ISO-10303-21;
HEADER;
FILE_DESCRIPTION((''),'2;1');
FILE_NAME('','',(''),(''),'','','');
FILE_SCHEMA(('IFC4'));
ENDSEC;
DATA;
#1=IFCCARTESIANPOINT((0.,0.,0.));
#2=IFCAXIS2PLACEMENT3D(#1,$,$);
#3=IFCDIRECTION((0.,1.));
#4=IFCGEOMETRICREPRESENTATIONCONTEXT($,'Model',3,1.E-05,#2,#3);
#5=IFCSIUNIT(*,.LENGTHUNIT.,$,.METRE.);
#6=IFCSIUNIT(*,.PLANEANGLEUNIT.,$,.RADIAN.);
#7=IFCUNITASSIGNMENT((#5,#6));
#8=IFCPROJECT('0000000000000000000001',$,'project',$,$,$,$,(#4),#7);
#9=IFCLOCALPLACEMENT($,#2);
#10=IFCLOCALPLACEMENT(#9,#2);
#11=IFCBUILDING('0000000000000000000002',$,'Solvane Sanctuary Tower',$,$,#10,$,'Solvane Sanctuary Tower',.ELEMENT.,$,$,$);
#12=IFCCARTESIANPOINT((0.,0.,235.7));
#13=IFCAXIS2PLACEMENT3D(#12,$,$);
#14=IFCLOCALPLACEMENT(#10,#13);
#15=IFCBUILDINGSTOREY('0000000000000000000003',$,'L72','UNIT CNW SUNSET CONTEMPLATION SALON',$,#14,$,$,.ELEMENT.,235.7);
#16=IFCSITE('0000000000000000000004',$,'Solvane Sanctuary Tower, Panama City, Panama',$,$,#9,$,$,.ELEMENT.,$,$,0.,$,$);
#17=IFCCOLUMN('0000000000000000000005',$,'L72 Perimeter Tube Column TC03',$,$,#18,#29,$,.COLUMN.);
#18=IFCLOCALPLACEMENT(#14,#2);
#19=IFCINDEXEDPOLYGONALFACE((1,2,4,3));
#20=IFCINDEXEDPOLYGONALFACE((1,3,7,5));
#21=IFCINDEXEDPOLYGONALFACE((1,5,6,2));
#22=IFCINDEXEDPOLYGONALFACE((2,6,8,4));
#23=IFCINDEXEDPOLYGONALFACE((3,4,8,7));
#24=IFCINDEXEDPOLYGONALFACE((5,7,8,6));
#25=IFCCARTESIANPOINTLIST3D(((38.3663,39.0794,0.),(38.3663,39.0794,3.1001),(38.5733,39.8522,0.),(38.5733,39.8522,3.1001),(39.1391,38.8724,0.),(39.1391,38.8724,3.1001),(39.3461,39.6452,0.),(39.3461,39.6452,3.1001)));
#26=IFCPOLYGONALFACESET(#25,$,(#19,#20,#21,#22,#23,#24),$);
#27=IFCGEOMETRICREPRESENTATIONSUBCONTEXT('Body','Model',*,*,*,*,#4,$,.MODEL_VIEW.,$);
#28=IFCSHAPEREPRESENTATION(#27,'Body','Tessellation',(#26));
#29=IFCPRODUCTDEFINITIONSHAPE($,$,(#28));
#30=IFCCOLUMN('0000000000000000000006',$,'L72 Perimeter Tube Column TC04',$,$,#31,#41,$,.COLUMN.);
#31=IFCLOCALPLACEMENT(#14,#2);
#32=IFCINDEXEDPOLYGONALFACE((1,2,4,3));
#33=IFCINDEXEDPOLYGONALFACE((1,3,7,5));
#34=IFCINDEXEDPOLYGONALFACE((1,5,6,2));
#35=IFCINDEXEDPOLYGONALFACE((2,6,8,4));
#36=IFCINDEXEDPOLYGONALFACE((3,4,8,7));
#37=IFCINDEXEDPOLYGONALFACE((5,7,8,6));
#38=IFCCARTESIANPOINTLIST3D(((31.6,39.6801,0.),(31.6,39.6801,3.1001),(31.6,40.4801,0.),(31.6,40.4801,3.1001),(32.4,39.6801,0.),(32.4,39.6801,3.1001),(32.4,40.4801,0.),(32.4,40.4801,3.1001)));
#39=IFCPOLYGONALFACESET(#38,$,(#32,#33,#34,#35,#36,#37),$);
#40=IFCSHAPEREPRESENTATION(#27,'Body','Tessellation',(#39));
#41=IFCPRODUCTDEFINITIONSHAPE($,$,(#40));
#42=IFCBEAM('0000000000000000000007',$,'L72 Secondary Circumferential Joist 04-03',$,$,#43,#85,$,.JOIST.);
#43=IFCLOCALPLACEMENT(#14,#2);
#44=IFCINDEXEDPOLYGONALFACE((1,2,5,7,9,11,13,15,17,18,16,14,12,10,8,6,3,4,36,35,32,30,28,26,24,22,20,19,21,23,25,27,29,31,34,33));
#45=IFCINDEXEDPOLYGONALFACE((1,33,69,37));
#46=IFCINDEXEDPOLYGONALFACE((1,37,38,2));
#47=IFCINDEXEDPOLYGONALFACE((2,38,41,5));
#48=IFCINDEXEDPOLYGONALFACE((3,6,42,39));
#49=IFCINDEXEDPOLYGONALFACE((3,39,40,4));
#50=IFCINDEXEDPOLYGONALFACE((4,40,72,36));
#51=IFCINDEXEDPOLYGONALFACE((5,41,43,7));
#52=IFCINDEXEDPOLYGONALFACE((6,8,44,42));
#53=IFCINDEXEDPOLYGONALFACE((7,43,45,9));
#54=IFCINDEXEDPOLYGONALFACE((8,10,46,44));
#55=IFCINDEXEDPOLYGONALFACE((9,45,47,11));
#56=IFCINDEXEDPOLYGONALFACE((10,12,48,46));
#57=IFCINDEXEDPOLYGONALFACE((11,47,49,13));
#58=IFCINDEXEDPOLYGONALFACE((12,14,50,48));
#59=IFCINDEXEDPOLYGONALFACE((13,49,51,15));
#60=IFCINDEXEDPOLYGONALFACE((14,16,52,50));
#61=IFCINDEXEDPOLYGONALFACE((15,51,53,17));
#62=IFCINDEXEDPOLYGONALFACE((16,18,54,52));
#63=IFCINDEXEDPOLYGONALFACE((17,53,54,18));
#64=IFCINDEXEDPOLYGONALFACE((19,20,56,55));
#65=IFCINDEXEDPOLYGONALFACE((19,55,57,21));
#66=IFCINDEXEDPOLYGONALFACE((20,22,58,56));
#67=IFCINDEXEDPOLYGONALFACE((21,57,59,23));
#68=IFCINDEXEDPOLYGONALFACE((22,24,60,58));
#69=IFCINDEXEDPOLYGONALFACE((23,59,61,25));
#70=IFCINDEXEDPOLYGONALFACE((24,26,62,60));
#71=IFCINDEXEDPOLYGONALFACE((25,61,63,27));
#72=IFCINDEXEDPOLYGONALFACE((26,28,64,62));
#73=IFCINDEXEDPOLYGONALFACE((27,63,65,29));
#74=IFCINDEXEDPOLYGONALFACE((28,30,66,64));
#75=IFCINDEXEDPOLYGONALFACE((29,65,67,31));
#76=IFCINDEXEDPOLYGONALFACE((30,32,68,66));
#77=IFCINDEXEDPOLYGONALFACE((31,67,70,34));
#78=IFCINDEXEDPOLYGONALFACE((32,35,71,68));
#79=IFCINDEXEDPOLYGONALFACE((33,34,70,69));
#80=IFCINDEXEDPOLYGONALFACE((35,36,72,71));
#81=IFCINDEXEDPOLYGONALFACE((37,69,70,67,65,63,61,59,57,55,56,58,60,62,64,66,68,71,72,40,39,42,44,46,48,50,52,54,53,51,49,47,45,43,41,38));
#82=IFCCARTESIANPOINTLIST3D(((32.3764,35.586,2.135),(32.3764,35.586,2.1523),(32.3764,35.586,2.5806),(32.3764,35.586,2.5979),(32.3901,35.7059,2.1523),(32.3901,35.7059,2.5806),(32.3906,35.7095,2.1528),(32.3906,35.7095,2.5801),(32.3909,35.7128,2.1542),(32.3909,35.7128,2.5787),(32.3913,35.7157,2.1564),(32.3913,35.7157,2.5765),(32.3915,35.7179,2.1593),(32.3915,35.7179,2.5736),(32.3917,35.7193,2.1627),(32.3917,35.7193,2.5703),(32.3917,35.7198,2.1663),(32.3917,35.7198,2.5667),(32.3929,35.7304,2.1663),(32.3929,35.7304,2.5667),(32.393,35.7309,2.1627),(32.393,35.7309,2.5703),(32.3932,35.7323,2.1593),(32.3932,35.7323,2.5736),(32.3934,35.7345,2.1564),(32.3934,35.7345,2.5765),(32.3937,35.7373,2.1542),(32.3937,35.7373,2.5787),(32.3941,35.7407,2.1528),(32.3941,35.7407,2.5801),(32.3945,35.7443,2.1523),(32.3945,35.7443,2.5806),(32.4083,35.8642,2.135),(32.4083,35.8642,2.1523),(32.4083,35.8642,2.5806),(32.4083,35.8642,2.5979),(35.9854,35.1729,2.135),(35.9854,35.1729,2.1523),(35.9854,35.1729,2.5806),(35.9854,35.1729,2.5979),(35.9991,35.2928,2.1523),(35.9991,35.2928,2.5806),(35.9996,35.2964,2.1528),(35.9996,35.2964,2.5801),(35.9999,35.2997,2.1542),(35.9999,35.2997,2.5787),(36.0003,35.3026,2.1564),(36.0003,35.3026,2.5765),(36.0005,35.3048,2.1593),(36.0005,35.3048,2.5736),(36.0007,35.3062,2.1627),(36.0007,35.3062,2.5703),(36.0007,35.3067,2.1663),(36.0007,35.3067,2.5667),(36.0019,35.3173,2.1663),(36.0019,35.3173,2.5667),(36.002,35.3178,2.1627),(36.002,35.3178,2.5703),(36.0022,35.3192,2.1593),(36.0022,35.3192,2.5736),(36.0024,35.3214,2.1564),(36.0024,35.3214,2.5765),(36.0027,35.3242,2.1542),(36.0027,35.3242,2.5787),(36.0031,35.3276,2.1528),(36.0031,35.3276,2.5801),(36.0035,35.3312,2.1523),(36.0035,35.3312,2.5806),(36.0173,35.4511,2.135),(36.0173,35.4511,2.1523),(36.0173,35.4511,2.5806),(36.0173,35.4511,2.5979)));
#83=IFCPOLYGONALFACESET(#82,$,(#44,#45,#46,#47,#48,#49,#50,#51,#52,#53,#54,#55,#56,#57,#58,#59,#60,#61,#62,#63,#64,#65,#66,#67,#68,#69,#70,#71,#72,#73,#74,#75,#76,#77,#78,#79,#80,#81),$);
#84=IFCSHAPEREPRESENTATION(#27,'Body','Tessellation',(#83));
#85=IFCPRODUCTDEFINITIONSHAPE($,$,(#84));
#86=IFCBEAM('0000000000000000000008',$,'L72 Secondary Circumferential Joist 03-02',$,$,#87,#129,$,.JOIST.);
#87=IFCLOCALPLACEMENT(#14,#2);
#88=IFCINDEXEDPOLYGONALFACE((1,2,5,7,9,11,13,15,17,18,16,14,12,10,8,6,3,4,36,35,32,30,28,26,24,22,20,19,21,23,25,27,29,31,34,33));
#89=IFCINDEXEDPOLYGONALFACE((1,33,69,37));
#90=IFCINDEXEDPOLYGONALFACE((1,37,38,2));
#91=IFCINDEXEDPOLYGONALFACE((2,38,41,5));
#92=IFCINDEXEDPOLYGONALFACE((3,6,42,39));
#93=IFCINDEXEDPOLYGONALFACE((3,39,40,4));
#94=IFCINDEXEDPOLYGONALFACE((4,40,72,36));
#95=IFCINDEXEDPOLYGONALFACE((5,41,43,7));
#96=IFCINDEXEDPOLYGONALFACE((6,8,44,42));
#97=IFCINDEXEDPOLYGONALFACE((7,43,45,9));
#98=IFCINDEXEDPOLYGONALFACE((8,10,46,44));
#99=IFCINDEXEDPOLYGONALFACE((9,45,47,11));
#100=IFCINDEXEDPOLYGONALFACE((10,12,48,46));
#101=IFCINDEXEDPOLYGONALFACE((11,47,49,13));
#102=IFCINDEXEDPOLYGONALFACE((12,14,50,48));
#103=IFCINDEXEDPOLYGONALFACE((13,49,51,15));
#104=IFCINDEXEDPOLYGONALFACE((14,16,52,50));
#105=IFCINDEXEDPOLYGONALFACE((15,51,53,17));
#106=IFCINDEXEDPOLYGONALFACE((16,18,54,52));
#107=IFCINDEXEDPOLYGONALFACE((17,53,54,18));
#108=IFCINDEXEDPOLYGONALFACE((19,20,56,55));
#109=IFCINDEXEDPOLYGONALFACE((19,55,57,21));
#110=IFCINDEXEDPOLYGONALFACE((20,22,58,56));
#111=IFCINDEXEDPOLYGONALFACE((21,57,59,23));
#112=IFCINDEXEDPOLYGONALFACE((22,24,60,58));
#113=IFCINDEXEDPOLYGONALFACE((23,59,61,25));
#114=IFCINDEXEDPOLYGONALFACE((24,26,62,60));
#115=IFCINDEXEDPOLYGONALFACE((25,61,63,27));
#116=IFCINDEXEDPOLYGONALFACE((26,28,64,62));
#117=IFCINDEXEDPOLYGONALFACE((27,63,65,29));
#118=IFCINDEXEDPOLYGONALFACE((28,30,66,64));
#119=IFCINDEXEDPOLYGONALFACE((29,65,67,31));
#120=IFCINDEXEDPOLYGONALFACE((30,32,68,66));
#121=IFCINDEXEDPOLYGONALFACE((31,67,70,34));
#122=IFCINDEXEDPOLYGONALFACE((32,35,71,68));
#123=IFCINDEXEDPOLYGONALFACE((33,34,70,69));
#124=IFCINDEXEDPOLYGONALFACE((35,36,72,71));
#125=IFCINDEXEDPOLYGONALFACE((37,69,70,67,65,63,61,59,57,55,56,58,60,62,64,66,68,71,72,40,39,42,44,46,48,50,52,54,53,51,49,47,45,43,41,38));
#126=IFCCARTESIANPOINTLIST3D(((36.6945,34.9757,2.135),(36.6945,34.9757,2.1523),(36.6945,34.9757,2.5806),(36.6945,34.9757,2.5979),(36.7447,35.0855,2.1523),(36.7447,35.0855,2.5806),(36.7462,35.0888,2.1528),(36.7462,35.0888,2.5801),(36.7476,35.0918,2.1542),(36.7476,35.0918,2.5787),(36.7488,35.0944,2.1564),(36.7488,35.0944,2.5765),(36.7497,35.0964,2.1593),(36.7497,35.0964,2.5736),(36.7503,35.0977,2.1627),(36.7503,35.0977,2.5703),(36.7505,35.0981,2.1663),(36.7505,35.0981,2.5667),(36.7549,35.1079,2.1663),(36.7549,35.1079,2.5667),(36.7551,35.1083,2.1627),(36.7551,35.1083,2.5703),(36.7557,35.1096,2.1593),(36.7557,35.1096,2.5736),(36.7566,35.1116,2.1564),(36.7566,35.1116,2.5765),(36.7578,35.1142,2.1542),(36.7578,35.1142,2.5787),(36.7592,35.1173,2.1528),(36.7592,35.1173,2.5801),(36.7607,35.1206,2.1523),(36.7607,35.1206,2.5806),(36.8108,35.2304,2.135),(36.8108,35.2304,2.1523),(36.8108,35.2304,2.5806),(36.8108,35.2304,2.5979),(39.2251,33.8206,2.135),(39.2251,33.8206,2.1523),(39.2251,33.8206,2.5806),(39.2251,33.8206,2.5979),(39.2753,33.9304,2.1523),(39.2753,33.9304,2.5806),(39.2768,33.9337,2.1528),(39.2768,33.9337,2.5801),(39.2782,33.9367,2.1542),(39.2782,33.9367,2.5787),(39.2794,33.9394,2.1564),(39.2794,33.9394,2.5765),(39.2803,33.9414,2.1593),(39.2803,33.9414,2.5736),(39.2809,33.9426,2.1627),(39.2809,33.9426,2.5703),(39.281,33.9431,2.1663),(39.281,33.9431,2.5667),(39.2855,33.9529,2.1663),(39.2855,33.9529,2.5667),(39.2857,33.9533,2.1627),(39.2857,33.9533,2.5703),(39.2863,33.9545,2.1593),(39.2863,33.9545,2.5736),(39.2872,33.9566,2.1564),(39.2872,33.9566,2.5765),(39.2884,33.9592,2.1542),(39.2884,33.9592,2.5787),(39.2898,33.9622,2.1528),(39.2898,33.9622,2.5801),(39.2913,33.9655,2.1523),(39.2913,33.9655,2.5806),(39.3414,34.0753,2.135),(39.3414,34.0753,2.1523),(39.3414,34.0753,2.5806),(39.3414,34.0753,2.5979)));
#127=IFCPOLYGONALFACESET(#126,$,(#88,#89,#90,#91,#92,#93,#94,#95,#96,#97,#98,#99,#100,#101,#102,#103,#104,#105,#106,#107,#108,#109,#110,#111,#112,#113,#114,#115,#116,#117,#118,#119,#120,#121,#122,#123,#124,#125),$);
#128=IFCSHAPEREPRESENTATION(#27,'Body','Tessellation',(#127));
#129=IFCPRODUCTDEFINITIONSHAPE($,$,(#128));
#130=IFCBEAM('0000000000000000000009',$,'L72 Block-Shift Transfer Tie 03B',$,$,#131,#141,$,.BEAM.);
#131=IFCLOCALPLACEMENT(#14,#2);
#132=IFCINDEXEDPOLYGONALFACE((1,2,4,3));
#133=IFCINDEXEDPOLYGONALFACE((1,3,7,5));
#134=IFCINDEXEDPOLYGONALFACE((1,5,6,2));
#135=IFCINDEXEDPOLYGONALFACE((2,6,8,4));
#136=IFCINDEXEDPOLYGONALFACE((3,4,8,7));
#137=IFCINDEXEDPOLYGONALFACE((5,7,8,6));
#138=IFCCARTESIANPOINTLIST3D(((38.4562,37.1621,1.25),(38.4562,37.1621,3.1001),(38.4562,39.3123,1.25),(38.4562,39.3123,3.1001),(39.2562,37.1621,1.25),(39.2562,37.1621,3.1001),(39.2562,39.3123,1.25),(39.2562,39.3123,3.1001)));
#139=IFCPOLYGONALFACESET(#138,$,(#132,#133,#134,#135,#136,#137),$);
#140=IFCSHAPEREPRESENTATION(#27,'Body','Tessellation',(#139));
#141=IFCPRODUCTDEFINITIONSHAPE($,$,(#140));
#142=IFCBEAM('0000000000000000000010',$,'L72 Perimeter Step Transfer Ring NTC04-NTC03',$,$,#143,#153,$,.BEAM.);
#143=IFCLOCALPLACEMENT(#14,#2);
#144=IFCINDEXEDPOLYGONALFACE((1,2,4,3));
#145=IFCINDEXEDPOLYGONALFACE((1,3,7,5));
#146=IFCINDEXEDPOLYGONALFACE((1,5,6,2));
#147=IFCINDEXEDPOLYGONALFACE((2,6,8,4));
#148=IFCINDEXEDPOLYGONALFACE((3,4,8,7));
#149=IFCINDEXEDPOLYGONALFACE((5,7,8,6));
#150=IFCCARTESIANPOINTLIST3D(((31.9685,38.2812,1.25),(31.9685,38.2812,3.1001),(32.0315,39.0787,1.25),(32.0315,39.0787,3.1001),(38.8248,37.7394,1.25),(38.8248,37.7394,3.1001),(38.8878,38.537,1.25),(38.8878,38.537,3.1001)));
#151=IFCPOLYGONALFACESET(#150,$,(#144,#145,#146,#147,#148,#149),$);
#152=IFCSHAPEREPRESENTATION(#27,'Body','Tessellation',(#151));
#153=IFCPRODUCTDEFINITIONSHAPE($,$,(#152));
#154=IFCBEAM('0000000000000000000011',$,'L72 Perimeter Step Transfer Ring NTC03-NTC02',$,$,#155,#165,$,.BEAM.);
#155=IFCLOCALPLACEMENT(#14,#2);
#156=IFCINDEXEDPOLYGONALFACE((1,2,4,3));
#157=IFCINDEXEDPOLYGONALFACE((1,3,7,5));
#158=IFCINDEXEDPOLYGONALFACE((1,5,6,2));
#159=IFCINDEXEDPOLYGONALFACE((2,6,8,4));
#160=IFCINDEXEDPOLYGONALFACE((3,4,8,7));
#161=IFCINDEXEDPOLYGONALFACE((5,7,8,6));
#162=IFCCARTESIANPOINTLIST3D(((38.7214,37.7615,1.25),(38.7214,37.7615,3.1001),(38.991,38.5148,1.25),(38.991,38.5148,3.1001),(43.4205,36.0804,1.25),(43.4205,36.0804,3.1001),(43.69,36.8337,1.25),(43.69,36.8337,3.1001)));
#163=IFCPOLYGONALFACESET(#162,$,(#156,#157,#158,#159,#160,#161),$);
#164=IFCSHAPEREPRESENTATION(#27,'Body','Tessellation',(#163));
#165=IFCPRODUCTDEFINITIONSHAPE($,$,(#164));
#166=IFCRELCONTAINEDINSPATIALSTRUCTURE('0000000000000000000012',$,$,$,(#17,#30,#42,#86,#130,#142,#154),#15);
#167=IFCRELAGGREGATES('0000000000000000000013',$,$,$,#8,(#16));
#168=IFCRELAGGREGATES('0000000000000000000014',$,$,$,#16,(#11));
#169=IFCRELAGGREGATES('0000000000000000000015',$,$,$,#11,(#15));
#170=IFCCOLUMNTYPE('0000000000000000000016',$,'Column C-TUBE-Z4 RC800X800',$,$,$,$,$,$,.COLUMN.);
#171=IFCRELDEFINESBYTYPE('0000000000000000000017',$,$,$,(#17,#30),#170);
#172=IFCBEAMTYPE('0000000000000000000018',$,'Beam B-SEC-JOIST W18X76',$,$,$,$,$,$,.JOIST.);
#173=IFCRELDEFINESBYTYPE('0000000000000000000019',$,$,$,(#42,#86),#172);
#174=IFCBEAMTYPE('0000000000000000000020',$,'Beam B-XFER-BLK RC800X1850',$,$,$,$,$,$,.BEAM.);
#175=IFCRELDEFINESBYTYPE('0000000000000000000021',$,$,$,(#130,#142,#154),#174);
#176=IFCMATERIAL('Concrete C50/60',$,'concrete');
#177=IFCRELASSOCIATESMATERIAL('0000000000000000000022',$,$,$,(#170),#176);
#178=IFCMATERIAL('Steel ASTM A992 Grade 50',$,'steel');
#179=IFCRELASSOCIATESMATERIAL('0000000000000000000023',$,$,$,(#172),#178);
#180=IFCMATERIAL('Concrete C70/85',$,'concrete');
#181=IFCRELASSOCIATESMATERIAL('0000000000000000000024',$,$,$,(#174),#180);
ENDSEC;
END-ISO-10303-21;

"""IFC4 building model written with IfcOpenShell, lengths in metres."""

from ifc_helpers import new_model, si_unit, direction, frame, origin, origin_2d, place, context, subcontext, project, spatial, rectangle, i_section, extrude, material, material_profile, profile_set, type_object, element, save


model = new_model("IFC4")

# Units and contexts
model_context = context("Model", 3, precision=1e-05, world=origin(), true_north=direction((0.0, 1.0)))
body_context = subcontext(model_context, "Body", "Model", "MODEL_VIEW")
ifc_project = project(units=[si_unit("LENGTHUNIT", "METRE"), si_unit("PLANEANGLEUNIT", "RADIAN")], contexts=[model_context])

# Site, building, storey
site_placement = place(None, origin())
site = spatial("IfcSite", under=ifc_project, at=site_placement, Name="Solvane Sanctuary Tower, Panama City, Panama", CompositionType="ELEMENT", RefElevation=0.0)
building_placement = place(site_placement, origin())
building = spatial("IfcBuilding", under=site, at=building_placement, Name="Solvane Sanctuary Tower", LongName="Solvane Sanctuary Tower", CompositionType="ELEMENT")
storey_placement = place(building_placement, frame((0.0, 0.0, 235.7)))
storey = spatial("IfcBuildingStorey", under=building, at=storey_placement, Name="L72", Description="UNIT CNW SUNSET CONTEMPLATION SALON", CompositionType="ELEMENT", Elevation=235.7)

# Columns
ifc_material_1 = material(Name="Concrete C50/60", Category="concrete")
ifc_material_profile_1 = material_profile(ifc_material_1, rectangle(XDim=0.8, YDim=0.8, at=origin_2d()), Name="RC800X800")
ifc_profile_set_1 = profile_set([ifc_material_profile_1], Name="Concrete C50/60")
column_type = type_object("IfcColumnType", Name="Column C-TUBE-Z4 RC800X800", PredefinedType="COLUMN", material=ifc_profile_set_1)
for number, where, z_axis, x_axis, name in (
    (1, (38.8562, 39.3623, 0.0), (0.0, 0.0, 1.0), (0.258819, 0.965926, 0.0), "L72 Perimeter Tube Column TC03"),
    (2, (32.0, 40.0801, 0.0), (0.0, 0.0, 1.0), (0.0, 1.0, 0.0), "L72 Perimeter Tube Column TC04"),
):
    element("IfcColumn", number, at=place(storey_placement, frame(where, z_axis=z_axis, x_axis=x_axis)), inside=storey, type_object=column_type, Name=name, PredefinedType="COLUMN", context=body_context, shape_type="SweptSolid", body=[
        extrude(rectangle(XDim=0.8, YDim=0.8, at=origin_2d()), origin(), (0.0, 0.0, 1.0), 3.1001),
    ])

# Beams
ifc_material_2 = material(Name="Steel ASTM A992 Grade 50", Category="steel")
ifc_material_profile_2 = material_profile(ifc_material_2, i_section(OverallWidth=0.28, OverallDepth=0.4629, WebThickness=0.0107, FlangeThickness=0.0173, FilletRadius=0.0139, at=origin_2d()), Name="W18X76")
ifc_profile_set_2 = profile_set([ifc_material_profile_2], Name="Steel ASTM A992 Grade 50")
beam_type_1 = type_object("IfcBeamType", Name="Beam B-SEC-JOIST W18X76", PredefinedType="JOIST", material=ifc_profile_set_2)
beam_1_placement = place(storey_placement, frame((32.3923, 35.7251, 2.3665), z_axis=(0.993513, -0.113721, 0.0), x_axis=(0.113721, 0.993513, 0.0)))
element("IfcBeam", 3, at=beam_1_placement, inside=storey, type_object=beam_type_1, Name="L72 Secondary Circumferential Joist 04-03", PredefinedType="JOIST", context=body_context, shape_type="SweptSolid", body=[
    extrude(i_section(OverallWidth=0.28, OverallDepth=0.4629, WebThickness=0.0107, FlangeThickness=0.0173, FilletRadius=0.0139, at=origin_2d()), origin(), (0.0, 0.0, 1.0), 3.6326),
])
beam_2_placement = place(storey_placement, frame((36.7527, 35.103, 2.3665), z_axis=(0.909716, -0.415231, 0.0), x_axis=(0.415231, 0.909716, 0.0)))
element("IfcBeam", 4, at=beam_2_placement, inside=storey, type_object=beam_type_1, Name="L72 Secondary Circumferential Joist 03-02", PredefinedType="JOIST", context=body_context, shape_type="SweptSolid", body=[
    extrude(i_section(OverallWidth=0.28, OverallDepth=0.4629, WebThickness=0.0107, FlangeThickness=0.0173, FilletRadius=0.0139, at=origin_2d()), origin(), (0.0, 0.0, 1.0), 2.7817),
])
ifc_material_3 = material(Name="Concrete C70/85", Category="concrete")
ifc_material_profile_3 = material_profile(ifc_material_3, rectangle(XDim=0.8, YDim=1.8501, at=origin_2d()), Name="RC800X1850")
ifc_profile_set_3 = profile_set([ifc_material_profile_3], Name="Concrete C70/85")
beam_type_2 = type_object("IfcBeamType", Name="Beam B-XFER-BLK RC800X1850", PredefinedType="BEAM", material=ifc_profile_set_3)
beam_3_placement = place(storey_placement, frame((38.8562, 39.3123, 2.175), z_axis=(0.0, -1.0, 0.0), x_axis=(1.0, 0.0, 0.0)))
element("IfcBeam", 5, at=beam_3_placement, inside=storey, type_object=beam_type_2, Name="L72 Block-Shift Transfer Tie 03B", PredefinedType="BEAM", context=body_context, shape_type="SweptSolid", body=[
    extrude(rectangle(XDim=0.8, YDim=1.8501, at=origin_2d()), origin(), (0.0, 0.0, 1.0), 2.1501),
])
beam_4_placement = place(storey_placement, frame((32.0, 38.6799, 2.175), z_axis=(0.996893, -0.07877, 0.0), x_axis=(0.07877, 0.996893, 0.0)))
element("IfcBeam", 6, at=beam_4_placement, inside=storey, type_object=beam_type_2, Name="L72 Perimeter Step Transfer Ring NTC04-NTC03", PredefinedType="BEAM", context=body_context, shape_type="SweptSolid", body=[
    extrude(rectangle(XDim=0.8, YDim=1.8501, at=origin_2d()), origin(), (0.0, 0.0, 1.0), 6.8777),
])
beam_5_placement = place(storey_placement, frame((38.8562, 38.1382, 2.175), z_axis=(0.941555, -0.33686, 0.0), x_axis=(0.33686, 0.941555, 0.0)))
element("IfcBeam", 7, at=beam_5_placement, inside=storey, type_object=beam_type_2, Name="L72 Perimeter Step Transfer Ring NTC03-NTC02", PredefinedType="BEAM", context=body_context, shape_type="SweptSolid", body=[
    extrude(rectangle(XDim=0.8, YDim=1.8501, at=origin_2d()), origin(), (0.0, 0.0, 1.0), 4.9907),
])

save(model, "model.ifc")
